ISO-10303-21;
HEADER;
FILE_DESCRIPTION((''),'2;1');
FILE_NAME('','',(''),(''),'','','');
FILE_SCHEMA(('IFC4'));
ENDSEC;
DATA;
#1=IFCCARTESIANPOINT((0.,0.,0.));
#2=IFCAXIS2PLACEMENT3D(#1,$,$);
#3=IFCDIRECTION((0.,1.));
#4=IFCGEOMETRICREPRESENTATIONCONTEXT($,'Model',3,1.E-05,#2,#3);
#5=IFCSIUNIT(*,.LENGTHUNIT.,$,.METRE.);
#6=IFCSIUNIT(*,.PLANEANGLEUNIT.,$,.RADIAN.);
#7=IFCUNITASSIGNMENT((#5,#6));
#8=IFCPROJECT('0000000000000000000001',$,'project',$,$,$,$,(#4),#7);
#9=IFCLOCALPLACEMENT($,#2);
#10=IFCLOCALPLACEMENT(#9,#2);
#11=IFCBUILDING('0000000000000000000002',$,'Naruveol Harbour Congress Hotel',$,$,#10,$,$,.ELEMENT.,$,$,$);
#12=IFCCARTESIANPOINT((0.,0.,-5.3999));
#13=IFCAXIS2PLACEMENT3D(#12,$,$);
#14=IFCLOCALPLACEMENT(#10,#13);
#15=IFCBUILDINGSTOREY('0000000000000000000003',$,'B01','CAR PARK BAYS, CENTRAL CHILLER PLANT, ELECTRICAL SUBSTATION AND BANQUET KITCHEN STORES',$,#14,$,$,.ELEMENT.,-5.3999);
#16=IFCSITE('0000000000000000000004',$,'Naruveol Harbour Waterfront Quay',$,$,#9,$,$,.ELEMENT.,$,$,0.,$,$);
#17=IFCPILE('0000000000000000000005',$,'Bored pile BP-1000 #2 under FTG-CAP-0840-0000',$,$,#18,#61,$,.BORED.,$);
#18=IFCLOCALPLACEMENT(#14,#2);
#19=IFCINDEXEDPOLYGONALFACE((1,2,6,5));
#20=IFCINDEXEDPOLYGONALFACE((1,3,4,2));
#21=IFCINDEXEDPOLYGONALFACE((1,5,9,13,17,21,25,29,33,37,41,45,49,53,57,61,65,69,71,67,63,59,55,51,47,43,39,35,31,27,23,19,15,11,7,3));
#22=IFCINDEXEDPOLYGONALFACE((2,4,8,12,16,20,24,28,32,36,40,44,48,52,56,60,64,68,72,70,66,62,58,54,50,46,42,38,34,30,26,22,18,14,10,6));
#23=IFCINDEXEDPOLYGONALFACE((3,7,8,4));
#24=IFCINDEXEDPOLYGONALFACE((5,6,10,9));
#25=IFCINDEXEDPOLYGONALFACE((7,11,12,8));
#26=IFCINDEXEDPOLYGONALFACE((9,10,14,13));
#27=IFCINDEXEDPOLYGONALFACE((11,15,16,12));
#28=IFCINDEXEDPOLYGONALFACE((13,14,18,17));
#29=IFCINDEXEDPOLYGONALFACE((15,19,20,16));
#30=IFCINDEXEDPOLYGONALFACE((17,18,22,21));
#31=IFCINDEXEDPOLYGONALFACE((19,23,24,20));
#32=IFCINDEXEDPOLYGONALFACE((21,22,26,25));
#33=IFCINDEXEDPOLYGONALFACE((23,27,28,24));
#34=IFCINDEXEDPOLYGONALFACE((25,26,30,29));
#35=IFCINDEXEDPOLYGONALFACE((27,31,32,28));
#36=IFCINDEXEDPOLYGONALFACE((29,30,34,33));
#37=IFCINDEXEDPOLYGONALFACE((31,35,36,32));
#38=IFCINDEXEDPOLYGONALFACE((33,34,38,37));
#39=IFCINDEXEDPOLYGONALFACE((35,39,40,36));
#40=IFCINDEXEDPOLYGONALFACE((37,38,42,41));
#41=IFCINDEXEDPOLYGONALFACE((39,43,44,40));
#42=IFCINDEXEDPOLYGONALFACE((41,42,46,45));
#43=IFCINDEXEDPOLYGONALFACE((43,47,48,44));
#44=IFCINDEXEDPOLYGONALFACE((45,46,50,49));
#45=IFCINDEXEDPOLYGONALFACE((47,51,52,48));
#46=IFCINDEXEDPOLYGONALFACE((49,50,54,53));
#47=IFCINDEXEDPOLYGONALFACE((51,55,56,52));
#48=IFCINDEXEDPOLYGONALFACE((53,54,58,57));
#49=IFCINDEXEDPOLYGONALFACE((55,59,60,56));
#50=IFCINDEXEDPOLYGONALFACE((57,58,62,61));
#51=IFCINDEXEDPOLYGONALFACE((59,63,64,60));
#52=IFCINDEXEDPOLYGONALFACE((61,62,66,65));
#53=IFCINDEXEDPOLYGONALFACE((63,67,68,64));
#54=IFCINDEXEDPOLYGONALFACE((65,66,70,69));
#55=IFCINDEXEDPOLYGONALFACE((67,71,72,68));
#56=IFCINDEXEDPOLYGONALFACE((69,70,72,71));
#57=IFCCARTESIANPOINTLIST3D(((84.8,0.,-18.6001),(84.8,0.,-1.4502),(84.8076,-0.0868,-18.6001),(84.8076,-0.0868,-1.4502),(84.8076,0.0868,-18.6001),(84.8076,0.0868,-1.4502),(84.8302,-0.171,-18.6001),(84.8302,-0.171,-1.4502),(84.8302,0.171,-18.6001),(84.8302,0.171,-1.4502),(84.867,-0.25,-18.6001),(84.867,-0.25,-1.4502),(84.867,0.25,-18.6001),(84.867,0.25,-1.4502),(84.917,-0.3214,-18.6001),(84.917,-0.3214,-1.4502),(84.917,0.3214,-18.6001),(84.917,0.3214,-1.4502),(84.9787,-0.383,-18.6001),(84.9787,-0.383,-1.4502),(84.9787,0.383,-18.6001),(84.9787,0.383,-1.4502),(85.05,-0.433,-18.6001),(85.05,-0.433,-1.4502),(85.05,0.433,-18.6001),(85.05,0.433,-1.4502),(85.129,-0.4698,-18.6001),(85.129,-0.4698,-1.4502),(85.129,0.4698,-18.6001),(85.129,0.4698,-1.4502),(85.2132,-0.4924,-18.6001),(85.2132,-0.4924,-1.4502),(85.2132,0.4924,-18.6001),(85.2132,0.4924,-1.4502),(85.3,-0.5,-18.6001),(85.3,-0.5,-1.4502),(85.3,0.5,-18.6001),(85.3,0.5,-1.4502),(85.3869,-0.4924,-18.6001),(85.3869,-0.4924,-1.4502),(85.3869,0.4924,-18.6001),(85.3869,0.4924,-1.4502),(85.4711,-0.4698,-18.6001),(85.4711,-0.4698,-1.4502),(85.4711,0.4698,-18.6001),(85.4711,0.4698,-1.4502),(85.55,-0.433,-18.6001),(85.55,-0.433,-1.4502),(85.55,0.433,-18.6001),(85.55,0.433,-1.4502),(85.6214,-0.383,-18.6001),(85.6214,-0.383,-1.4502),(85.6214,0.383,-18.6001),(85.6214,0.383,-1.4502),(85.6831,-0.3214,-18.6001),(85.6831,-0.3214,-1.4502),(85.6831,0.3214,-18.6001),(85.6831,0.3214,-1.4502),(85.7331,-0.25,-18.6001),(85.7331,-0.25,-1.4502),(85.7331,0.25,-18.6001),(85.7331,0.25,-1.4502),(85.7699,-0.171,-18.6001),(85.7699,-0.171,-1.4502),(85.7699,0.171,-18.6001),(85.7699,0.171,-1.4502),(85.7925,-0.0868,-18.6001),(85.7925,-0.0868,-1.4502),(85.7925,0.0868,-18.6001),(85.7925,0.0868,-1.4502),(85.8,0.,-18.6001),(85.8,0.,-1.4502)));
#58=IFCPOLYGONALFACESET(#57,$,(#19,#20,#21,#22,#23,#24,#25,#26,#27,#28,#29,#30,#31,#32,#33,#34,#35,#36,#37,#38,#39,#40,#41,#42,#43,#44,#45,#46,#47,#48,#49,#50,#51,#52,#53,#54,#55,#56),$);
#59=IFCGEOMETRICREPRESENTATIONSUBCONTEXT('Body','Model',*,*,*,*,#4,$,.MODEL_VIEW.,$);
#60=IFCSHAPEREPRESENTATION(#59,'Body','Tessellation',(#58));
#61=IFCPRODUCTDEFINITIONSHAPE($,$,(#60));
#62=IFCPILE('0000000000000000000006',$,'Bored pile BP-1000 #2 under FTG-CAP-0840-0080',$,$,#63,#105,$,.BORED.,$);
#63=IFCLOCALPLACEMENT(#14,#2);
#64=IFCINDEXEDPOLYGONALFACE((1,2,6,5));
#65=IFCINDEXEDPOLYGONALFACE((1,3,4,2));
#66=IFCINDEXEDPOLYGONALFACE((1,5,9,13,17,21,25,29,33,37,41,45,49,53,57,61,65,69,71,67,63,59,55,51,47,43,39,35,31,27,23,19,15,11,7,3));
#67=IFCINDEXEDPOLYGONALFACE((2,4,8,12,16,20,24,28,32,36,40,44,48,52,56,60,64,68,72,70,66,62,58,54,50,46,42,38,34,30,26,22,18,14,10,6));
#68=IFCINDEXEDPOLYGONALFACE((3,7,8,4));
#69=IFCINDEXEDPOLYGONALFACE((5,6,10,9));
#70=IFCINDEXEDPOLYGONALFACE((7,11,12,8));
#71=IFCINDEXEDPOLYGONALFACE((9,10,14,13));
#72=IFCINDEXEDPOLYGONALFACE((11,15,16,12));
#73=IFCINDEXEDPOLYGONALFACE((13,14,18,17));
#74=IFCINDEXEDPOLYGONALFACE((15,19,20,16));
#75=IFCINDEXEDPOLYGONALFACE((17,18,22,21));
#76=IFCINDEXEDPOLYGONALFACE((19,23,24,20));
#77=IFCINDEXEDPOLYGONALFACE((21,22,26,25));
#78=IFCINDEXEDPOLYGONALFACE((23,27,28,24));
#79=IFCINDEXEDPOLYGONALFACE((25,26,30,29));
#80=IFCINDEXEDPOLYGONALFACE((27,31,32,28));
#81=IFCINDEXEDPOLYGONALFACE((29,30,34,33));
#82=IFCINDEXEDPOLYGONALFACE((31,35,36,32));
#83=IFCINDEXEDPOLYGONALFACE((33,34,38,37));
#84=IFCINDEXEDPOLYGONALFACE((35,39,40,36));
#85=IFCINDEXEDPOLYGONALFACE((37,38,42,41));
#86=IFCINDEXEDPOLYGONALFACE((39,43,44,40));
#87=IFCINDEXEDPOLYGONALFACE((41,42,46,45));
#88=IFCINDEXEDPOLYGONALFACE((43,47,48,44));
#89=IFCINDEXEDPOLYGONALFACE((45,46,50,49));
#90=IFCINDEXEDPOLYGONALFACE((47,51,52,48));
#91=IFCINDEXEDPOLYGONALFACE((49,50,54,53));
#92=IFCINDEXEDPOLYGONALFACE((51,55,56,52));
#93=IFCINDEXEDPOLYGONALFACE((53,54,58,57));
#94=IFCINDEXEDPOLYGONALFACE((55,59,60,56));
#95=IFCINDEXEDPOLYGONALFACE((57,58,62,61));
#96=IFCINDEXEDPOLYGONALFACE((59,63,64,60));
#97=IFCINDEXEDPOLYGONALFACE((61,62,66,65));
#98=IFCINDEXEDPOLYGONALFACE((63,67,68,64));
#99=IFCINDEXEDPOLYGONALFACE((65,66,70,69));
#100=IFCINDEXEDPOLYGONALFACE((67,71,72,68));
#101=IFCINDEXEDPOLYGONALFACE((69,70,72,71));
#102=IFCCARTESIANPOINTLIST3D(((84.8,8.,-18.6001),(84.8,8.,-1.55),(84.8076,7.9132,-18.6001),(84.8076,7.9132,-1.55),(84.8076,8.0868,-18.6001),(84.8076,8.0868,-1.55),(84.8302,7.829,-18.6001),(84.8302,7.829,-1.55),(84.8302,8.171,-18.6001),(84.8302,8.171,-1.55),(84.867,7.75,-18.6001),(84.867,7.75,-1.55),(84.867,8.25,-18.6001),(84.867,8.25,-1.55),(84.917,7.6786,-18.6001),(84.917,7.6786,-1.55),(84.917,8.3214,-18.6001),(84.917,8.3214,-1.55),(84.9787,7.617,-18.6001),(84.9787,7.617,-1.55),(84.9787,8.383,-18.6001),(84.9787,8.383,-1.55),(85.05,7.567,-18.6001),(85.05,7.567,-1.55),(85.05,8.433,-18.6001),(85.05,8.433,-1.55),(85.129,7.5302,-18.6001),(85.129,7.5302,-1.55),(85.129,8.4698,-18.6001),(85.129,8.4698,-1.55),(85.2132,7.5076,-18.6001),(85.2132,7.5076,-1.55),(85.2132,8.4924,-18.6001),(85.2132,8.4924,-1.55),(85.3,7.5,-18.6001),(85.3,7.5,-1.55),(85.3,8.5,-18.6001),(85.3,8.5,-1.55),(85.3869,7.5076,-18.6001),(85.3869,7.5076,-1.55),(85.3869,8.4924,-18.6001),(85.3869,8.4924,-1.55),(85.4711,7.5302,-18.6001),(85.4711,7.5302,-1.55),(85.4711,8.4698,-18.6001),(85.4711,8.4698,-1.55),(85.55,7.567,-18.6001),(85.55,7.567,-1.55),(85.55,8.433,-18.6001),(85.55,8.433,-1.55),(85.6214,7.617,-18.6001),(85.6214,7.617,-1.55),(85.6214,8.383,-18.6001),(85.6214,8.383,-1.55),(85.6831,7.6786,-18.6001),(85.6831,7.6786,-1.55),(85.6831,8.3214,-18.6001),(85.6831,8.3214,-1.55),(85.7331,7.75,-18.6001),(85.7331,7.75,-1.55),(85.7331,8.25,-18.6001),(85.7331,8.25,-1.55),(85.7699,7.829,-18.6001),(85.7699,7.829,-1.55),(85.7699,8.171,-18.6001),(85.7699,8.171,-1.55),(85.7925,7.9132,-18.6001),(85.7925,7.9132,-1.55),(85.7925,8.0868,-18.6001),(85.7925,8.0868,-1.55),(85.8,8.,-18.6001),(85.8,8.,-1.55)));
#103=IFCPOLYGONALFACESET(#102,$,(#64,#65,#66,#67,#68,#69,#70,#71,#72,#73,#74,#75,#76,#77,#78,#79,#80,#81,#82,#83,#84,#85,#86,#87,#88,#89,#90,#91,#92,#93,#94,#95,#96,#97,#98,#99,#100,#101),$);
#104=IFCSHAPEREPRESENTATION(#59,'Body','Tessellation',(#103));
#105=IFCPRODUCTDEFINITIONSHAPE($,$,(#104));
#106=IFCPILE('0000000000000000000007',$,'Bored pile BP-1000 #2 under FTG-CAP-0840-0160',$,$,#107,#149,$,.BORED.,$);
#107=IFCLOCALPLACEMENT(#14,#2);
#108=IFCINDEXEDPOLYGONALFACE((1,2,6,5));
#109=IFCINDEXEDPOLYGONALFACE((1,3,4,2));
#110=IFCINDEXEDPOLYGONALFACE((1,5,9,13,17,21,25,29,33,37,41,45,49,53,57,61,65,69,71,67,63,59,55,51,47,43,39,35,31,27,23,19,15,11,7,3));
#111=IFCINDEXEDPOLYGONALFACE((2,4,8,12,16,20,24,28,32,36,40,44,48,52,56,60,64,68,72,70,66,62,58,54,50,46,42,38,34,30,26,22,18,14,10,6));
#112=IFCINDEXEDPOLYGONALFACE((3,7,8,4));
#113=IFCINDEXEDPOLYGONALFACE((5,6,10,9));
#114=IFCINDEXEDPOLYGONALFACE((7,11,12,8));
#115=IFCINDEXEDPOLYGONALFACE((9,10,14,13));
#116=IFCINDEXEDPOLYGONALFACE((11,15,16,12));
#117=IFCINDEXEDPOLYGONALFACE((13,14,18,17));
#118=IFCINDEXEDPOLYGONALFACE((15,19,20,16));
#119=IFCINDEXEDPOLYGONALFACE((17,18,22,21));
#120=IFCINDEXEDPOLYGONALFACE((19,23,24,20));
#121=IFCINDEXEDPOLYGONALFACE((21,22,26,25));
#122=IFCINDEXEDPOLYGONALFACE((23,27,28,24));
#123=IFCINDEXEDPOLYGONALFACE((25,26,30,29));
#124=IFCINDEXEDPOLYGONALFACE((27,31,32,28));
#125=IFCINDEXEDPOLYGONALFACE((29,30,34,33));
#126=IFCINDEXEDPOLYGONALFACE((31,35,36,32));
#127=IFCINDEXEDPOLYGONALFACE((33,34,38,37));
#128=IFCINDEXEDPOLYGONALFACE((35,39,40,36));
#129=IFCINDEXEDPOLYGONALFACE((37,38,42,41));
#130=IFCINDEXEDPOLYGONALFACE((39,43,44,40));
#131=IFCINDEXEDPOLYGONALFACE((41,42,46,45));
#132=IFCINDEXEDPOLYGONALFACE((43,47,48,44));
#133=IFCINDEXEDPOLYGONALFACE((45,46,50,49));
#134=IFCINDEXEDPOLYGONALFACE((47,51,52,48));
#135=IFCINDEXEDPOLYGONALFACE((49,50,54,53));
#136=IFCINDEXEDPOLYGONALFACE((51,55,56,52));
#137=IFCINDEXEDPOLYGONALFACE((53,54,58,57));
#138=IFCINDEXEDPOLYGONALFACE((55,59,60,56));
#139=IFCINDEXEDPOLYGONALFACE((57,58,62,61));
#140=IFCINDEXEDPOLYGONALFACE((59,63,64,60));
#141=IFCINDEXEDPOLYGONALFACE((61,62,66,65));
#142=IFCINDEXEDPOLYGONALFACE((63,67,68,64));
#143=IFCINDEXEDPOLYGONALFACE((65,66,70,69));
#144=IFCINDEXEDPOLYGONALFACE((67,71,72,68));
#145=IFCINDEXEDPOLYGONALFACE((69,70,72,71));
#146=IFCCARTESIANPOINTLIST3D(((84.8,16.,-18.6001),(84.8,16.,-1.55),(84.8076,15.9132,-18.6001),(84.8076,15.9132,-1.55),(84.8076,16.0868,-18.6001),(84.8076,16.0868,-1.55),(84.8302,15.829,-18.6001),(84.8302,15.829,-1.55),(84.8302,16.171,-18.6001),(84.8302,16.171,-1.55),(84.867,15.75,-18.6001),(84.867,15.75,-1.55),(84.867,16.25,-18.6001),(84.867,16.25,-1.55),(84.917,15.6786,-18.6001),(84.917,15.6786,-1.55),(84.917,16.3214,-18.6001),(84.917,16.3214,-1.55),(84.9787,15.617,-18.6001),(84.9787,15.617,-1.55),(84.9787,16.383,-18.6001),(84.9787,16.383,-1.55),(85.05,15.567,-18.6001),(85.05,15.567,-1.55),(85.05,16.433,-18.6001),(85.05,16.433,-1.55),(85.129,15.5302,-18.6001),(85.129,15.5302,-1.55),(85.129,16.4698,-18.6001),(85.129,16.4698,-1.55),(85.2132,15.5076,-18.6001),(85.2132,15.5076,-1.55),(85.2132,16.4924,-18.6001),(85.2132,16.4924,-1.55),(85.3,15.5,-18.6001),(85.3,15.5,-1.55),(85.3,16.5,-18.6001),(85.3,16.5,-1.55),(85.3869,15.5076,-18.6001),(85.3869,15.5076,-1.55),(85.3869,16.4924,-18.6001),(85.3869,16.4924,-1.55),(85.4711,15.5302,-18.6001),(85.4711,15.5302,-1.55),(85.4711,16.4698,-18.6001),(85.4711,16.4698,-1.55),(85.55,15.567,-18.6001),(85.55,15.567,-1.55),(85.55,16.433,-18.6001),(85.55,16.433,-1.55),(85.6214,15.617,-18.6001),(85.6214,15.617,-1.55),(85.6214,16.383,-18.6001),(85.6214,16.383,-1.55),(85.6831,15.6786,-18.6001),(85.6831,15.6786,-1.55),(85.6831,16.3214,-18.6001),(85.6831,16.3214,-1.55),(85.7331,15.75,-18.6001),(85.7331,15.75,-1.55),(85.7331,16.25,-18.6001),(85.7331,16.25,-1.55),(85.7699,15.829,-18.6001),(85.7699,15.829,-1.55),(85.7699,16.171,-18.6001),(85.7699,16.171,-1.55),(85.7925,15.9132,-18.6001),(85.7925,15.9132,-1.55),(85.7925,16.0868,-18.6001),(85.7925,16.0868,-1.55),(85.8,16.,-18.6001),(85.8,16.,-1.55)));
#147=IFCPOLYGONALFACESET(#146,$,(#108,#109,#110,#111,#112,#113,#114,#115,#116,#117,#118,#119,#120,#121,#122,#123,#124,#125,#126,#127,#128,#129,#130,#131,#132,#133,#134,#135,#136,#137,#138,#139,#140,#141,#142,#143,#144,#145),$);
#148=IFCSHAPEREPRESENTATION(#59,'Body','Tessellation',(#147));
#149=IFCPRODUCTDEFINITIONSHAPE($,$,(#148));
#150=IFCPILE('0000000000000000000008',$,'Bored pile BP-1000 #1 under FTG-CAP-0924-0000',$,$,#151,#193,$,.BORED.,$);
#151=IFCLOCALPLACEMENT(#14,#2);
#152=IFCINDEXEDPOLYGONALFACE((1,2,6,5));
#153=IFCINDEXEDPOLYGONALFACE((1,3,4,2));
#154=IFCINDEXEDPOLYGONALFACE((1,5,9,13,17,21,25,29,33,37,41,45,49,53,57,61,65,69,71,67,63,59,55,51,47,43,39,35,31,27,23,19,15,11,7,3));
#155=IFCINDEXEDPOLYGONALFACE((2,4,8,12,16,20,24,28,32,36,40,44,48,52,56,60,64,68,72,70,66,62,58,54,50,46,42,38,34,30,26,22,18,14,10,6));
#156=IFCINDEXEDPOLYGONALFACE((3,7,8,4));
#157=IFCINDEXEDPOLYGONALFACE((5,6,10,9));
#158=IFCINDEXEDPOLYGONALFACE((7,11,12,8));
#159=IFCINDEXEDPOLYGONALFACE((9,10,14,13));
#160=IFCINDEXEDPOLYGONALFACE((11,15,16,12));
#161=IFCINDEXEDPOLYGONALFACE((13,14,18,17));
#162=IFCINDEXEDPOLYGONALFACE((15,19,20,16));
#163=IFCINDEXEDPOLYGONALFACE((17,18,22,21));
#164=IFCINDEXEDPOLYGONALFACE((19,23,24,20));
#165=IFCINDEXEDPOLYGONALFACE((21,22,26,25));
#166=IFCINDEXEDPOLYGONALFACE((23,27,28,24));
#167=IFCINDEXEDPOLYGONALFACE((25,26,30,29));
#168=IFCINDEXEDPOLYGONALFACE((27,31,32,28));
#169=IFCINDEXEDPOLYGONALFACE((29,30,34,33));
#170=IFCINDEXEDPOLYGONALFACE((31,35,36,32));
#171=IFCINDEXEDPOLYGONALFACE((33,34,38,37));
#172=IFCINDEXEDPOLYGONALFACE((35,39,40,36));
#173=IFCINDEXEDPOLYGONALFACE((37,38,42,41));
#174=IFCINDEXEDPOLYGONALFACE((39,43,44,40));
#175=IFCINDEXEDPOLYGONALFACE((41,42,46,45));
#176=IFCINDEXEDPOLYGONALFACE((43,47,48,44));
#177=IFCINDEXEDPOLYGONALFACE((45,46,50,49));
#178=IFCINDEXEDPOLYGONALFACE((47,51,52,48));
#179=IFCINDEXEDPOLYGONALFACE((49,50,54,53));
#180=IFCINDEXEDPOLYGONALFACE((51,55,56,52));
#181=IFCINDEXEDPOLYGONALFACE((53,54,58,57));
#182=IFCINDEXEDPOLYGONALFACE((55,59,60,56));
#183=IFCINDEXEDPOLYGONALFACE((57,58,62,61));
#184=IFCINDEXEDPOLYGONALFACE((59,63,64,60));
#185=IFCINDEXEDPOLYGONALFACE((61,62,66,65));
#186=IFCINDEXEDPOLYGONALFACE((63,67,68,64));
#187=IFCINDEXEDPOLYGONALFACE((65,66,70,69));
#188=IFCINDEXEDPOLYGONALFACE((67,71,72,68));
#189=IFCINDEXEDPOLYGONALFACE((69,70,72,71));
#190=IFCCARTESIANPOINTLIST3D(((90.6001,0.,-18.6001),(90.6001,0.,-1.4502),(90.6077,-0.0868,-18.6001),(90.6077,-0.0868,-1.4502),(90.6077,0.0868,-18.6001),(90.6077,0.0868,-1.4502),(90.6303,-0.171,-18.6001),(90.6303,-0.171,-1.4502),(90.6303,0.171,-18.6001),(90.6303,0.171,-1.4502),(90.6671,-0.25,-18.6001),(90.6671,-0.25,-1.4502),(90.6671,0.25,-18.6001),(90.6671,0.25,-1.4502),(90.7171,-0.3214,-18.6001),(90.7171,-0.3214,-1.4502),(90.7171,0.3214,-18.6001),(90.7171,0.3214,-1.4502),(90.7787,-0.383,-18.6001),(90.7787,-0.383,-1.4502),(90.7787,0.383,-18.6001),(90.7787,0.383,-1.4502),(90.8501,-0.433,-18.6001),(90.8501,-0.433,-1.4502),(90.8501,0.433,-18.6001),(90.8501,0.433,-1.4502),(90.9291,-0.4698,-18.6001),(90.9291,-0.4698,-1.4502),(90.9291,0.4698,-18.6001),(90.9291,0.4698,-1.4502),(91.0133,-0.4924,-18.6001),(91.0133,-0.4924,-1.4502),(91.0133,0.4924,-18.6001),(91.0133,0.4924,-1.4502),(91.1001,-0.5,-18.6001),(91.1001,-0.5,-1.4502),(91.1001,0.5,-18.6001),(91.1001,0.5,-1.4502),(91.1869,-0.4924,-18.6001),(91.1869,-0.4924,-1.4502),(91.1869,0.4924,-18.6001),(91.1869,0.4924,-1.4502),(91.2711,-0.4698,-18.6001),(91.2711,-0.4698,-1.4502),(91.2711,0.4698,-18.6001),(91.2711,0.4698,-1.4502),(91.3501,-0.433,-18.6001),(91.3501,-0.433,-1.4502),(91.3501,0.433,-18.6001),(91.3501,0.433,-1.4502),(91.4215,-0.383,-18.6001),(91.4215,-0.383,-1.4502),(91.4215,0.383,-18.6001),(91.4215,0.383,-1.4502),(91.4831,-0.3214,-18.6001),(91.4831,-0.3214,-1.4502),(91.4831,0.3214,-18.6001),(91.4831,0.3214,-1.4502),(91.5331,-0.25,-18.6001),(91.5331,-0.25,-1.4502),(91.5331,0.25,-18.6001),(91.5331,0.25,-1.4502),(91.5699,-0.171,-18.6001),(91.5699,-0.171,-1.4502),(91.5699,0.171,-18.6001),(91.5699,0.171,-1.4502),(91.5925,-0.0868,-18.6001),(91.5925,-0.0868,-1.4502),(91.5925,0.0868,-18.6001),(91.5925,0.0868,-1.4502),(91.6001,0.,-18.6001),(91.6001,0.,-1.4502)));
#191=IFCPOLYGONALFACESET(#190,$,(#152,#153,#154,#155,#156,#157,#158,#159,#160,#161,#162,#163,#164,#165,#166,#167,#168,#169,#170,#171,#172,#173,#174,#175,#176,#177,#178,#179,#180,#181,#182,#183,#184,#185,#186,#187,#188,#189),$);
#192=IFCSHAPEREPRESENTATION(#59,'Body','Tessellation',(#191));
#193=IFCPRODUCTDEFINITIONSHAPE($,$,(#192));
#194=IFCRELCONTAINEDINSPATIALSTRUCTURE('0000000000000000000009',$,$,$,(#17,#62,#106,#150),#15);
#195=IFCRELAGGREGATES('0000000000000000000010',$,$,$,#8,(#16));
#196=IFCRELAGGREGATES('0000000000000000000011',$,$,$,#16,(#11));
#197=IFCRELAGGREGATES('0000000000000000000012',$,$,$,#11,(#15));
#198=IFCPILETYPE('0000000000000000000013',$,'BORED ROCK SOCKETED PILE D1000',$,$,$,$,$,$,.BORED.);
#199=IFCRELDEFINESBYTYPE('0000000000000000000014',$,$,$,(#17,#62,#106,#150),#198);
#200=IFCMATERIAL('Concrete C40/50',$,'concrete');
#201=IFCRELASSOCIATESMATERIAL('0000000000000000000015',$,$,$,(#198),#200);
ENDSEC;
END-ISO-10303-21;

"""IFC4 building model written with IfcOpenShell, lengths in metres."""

from ifc_helpers import new_model, si_unit, direction, frame, origin, origin_2d, place, context, subcontext, project, spatial, circle, extrude, material, material_profile, profile_set, type_object, element, save


model = new_model("IFC4")

# Units and contexts
model_context = context("Model", 3, precision=1e-05, world=origin(), true_north=direction((0.0, 1.0)))
body_context = subcontext(model_context, "Body", "Model", "MODEL_VIEW")
ifc_project = project(units=[si_unit("LENGTHUNIT", "METRE"), si_unit("PLANEANGLEUNIT", "RADIAN")], contexts=[model_context])

# Site, building, storey
site_placement = place(None, origin())
site = spatial("IfcSite", under=ifc_project, at=site_placement, Name="Naruveol Harbour Waterfront Quay", CompositionType="ELEMENT", RefElevation=0.0)
building_placement = place(site_placement, origin())
building = spatial("IfcBuilding", under=site, at=building_placement, Name="Naruveol Harbour Congress Hotel", CompositionType="ELEMENT")
storey_placement = place(building_placement, frame((0.0, 0.0, -5.3999)))
storey = spatial("IfcBuildingStorey", under=building, at=storey_placement, Name="B01", Description="CAR PARK BAYS, CENTRAL CHILLER PLANT, ELECTRICAL SUBSTATION AND BANQUET KITCHEN STORES", CompositionType="ELEMENT", Elevation=-5.3999)

# Piles
ifc_material_1 = material(Name="Concrete C40/50", Category="concrete")
ifc_material_profile_1 = material_profile(ifc_material_1, circle(Radius=0.5, at=origin_2d()), Name="BP-1000")
ifc_profile_set_1 = profile_set([ifc_material_profile_1], Name="Concrete C40/50")
pile_type = type_object("IfcPileType", Name="BORED ROCK SOCKETED PILE D1000", PredefinedType="BORED", material=ifc_profile_set_1)
pile_1_placement = place(storey_placement, frame((85.3, 0.0, -1.4502), z_axis=(0.0, 0.0, -1.0), x_axis=(1.0, 0.0, 0.0)))
element("IfcPile", 1, at=pile_1_placement, inside=storey, type_object=pile_type, Name="Bored pile BP-1000 #2 under FTG-CAP-0840-0000", PredefinedType="BORED", context=body_context, shape_type="SweptSolid", body=[
    extrude(circle(Radius=0.5, at=origin_2d()), origin(), (0.0, 0.0, 1.0), 17.1499),
])
for number, where, z_axis, x_axis, name in (
    (2, (85.3, 8.0, -1.55), (0.0, 0.0, -1.0), (1.0, 0.0, 0.0), "Bored pile BP-1000 #2 under FTG-CAP-0840-0080"),
    (3, (85.3, 16.0, -1.55), (0.0, 0.0, -1.0), (1.0, 0.0, 0.0), "Bored pile BP-1000 #2 under FTG-CAP-0840-0160"),
):
    element("IfcPile", number, at=place(storey_placement, frame(where, z_axis=z_axis, x_axis=x_axis)), inside=storey, type_object=pile_type, Name=name, PredefinedType="BORED", context=body_context, shape_type="SweptSolid", body=[
        extrude(circle(Radius=0.5, at=origin_2d()), origin(), (0.0, 0.0, 1.0), 17.05),
    ])
for number, where, z_axis, x_axis, name in (
    (4, (91.1001, 0.0, -1.4502), (0.0, 0.0, -1.0), (1.0, 0.0, 0.0), "Bored pile BP-1000 #1 under FTG-CAP-0924-0000"),
):
    element("IfcPile", number, at=place(storey_placement, frame(where, z_axis=z_axis, x_axis=x_axis)), inside=storey, type_object=pile_type, Name=name, PredefinedType="BORED", context=body_context, shape_type="SweptSolid", body=[
        extrude(circle(Radius=0.5, at=origin_2d()), origin(), (0.0, 0.0, 1.0), 17.1499),
    ])

save(model, "model.ifc")
